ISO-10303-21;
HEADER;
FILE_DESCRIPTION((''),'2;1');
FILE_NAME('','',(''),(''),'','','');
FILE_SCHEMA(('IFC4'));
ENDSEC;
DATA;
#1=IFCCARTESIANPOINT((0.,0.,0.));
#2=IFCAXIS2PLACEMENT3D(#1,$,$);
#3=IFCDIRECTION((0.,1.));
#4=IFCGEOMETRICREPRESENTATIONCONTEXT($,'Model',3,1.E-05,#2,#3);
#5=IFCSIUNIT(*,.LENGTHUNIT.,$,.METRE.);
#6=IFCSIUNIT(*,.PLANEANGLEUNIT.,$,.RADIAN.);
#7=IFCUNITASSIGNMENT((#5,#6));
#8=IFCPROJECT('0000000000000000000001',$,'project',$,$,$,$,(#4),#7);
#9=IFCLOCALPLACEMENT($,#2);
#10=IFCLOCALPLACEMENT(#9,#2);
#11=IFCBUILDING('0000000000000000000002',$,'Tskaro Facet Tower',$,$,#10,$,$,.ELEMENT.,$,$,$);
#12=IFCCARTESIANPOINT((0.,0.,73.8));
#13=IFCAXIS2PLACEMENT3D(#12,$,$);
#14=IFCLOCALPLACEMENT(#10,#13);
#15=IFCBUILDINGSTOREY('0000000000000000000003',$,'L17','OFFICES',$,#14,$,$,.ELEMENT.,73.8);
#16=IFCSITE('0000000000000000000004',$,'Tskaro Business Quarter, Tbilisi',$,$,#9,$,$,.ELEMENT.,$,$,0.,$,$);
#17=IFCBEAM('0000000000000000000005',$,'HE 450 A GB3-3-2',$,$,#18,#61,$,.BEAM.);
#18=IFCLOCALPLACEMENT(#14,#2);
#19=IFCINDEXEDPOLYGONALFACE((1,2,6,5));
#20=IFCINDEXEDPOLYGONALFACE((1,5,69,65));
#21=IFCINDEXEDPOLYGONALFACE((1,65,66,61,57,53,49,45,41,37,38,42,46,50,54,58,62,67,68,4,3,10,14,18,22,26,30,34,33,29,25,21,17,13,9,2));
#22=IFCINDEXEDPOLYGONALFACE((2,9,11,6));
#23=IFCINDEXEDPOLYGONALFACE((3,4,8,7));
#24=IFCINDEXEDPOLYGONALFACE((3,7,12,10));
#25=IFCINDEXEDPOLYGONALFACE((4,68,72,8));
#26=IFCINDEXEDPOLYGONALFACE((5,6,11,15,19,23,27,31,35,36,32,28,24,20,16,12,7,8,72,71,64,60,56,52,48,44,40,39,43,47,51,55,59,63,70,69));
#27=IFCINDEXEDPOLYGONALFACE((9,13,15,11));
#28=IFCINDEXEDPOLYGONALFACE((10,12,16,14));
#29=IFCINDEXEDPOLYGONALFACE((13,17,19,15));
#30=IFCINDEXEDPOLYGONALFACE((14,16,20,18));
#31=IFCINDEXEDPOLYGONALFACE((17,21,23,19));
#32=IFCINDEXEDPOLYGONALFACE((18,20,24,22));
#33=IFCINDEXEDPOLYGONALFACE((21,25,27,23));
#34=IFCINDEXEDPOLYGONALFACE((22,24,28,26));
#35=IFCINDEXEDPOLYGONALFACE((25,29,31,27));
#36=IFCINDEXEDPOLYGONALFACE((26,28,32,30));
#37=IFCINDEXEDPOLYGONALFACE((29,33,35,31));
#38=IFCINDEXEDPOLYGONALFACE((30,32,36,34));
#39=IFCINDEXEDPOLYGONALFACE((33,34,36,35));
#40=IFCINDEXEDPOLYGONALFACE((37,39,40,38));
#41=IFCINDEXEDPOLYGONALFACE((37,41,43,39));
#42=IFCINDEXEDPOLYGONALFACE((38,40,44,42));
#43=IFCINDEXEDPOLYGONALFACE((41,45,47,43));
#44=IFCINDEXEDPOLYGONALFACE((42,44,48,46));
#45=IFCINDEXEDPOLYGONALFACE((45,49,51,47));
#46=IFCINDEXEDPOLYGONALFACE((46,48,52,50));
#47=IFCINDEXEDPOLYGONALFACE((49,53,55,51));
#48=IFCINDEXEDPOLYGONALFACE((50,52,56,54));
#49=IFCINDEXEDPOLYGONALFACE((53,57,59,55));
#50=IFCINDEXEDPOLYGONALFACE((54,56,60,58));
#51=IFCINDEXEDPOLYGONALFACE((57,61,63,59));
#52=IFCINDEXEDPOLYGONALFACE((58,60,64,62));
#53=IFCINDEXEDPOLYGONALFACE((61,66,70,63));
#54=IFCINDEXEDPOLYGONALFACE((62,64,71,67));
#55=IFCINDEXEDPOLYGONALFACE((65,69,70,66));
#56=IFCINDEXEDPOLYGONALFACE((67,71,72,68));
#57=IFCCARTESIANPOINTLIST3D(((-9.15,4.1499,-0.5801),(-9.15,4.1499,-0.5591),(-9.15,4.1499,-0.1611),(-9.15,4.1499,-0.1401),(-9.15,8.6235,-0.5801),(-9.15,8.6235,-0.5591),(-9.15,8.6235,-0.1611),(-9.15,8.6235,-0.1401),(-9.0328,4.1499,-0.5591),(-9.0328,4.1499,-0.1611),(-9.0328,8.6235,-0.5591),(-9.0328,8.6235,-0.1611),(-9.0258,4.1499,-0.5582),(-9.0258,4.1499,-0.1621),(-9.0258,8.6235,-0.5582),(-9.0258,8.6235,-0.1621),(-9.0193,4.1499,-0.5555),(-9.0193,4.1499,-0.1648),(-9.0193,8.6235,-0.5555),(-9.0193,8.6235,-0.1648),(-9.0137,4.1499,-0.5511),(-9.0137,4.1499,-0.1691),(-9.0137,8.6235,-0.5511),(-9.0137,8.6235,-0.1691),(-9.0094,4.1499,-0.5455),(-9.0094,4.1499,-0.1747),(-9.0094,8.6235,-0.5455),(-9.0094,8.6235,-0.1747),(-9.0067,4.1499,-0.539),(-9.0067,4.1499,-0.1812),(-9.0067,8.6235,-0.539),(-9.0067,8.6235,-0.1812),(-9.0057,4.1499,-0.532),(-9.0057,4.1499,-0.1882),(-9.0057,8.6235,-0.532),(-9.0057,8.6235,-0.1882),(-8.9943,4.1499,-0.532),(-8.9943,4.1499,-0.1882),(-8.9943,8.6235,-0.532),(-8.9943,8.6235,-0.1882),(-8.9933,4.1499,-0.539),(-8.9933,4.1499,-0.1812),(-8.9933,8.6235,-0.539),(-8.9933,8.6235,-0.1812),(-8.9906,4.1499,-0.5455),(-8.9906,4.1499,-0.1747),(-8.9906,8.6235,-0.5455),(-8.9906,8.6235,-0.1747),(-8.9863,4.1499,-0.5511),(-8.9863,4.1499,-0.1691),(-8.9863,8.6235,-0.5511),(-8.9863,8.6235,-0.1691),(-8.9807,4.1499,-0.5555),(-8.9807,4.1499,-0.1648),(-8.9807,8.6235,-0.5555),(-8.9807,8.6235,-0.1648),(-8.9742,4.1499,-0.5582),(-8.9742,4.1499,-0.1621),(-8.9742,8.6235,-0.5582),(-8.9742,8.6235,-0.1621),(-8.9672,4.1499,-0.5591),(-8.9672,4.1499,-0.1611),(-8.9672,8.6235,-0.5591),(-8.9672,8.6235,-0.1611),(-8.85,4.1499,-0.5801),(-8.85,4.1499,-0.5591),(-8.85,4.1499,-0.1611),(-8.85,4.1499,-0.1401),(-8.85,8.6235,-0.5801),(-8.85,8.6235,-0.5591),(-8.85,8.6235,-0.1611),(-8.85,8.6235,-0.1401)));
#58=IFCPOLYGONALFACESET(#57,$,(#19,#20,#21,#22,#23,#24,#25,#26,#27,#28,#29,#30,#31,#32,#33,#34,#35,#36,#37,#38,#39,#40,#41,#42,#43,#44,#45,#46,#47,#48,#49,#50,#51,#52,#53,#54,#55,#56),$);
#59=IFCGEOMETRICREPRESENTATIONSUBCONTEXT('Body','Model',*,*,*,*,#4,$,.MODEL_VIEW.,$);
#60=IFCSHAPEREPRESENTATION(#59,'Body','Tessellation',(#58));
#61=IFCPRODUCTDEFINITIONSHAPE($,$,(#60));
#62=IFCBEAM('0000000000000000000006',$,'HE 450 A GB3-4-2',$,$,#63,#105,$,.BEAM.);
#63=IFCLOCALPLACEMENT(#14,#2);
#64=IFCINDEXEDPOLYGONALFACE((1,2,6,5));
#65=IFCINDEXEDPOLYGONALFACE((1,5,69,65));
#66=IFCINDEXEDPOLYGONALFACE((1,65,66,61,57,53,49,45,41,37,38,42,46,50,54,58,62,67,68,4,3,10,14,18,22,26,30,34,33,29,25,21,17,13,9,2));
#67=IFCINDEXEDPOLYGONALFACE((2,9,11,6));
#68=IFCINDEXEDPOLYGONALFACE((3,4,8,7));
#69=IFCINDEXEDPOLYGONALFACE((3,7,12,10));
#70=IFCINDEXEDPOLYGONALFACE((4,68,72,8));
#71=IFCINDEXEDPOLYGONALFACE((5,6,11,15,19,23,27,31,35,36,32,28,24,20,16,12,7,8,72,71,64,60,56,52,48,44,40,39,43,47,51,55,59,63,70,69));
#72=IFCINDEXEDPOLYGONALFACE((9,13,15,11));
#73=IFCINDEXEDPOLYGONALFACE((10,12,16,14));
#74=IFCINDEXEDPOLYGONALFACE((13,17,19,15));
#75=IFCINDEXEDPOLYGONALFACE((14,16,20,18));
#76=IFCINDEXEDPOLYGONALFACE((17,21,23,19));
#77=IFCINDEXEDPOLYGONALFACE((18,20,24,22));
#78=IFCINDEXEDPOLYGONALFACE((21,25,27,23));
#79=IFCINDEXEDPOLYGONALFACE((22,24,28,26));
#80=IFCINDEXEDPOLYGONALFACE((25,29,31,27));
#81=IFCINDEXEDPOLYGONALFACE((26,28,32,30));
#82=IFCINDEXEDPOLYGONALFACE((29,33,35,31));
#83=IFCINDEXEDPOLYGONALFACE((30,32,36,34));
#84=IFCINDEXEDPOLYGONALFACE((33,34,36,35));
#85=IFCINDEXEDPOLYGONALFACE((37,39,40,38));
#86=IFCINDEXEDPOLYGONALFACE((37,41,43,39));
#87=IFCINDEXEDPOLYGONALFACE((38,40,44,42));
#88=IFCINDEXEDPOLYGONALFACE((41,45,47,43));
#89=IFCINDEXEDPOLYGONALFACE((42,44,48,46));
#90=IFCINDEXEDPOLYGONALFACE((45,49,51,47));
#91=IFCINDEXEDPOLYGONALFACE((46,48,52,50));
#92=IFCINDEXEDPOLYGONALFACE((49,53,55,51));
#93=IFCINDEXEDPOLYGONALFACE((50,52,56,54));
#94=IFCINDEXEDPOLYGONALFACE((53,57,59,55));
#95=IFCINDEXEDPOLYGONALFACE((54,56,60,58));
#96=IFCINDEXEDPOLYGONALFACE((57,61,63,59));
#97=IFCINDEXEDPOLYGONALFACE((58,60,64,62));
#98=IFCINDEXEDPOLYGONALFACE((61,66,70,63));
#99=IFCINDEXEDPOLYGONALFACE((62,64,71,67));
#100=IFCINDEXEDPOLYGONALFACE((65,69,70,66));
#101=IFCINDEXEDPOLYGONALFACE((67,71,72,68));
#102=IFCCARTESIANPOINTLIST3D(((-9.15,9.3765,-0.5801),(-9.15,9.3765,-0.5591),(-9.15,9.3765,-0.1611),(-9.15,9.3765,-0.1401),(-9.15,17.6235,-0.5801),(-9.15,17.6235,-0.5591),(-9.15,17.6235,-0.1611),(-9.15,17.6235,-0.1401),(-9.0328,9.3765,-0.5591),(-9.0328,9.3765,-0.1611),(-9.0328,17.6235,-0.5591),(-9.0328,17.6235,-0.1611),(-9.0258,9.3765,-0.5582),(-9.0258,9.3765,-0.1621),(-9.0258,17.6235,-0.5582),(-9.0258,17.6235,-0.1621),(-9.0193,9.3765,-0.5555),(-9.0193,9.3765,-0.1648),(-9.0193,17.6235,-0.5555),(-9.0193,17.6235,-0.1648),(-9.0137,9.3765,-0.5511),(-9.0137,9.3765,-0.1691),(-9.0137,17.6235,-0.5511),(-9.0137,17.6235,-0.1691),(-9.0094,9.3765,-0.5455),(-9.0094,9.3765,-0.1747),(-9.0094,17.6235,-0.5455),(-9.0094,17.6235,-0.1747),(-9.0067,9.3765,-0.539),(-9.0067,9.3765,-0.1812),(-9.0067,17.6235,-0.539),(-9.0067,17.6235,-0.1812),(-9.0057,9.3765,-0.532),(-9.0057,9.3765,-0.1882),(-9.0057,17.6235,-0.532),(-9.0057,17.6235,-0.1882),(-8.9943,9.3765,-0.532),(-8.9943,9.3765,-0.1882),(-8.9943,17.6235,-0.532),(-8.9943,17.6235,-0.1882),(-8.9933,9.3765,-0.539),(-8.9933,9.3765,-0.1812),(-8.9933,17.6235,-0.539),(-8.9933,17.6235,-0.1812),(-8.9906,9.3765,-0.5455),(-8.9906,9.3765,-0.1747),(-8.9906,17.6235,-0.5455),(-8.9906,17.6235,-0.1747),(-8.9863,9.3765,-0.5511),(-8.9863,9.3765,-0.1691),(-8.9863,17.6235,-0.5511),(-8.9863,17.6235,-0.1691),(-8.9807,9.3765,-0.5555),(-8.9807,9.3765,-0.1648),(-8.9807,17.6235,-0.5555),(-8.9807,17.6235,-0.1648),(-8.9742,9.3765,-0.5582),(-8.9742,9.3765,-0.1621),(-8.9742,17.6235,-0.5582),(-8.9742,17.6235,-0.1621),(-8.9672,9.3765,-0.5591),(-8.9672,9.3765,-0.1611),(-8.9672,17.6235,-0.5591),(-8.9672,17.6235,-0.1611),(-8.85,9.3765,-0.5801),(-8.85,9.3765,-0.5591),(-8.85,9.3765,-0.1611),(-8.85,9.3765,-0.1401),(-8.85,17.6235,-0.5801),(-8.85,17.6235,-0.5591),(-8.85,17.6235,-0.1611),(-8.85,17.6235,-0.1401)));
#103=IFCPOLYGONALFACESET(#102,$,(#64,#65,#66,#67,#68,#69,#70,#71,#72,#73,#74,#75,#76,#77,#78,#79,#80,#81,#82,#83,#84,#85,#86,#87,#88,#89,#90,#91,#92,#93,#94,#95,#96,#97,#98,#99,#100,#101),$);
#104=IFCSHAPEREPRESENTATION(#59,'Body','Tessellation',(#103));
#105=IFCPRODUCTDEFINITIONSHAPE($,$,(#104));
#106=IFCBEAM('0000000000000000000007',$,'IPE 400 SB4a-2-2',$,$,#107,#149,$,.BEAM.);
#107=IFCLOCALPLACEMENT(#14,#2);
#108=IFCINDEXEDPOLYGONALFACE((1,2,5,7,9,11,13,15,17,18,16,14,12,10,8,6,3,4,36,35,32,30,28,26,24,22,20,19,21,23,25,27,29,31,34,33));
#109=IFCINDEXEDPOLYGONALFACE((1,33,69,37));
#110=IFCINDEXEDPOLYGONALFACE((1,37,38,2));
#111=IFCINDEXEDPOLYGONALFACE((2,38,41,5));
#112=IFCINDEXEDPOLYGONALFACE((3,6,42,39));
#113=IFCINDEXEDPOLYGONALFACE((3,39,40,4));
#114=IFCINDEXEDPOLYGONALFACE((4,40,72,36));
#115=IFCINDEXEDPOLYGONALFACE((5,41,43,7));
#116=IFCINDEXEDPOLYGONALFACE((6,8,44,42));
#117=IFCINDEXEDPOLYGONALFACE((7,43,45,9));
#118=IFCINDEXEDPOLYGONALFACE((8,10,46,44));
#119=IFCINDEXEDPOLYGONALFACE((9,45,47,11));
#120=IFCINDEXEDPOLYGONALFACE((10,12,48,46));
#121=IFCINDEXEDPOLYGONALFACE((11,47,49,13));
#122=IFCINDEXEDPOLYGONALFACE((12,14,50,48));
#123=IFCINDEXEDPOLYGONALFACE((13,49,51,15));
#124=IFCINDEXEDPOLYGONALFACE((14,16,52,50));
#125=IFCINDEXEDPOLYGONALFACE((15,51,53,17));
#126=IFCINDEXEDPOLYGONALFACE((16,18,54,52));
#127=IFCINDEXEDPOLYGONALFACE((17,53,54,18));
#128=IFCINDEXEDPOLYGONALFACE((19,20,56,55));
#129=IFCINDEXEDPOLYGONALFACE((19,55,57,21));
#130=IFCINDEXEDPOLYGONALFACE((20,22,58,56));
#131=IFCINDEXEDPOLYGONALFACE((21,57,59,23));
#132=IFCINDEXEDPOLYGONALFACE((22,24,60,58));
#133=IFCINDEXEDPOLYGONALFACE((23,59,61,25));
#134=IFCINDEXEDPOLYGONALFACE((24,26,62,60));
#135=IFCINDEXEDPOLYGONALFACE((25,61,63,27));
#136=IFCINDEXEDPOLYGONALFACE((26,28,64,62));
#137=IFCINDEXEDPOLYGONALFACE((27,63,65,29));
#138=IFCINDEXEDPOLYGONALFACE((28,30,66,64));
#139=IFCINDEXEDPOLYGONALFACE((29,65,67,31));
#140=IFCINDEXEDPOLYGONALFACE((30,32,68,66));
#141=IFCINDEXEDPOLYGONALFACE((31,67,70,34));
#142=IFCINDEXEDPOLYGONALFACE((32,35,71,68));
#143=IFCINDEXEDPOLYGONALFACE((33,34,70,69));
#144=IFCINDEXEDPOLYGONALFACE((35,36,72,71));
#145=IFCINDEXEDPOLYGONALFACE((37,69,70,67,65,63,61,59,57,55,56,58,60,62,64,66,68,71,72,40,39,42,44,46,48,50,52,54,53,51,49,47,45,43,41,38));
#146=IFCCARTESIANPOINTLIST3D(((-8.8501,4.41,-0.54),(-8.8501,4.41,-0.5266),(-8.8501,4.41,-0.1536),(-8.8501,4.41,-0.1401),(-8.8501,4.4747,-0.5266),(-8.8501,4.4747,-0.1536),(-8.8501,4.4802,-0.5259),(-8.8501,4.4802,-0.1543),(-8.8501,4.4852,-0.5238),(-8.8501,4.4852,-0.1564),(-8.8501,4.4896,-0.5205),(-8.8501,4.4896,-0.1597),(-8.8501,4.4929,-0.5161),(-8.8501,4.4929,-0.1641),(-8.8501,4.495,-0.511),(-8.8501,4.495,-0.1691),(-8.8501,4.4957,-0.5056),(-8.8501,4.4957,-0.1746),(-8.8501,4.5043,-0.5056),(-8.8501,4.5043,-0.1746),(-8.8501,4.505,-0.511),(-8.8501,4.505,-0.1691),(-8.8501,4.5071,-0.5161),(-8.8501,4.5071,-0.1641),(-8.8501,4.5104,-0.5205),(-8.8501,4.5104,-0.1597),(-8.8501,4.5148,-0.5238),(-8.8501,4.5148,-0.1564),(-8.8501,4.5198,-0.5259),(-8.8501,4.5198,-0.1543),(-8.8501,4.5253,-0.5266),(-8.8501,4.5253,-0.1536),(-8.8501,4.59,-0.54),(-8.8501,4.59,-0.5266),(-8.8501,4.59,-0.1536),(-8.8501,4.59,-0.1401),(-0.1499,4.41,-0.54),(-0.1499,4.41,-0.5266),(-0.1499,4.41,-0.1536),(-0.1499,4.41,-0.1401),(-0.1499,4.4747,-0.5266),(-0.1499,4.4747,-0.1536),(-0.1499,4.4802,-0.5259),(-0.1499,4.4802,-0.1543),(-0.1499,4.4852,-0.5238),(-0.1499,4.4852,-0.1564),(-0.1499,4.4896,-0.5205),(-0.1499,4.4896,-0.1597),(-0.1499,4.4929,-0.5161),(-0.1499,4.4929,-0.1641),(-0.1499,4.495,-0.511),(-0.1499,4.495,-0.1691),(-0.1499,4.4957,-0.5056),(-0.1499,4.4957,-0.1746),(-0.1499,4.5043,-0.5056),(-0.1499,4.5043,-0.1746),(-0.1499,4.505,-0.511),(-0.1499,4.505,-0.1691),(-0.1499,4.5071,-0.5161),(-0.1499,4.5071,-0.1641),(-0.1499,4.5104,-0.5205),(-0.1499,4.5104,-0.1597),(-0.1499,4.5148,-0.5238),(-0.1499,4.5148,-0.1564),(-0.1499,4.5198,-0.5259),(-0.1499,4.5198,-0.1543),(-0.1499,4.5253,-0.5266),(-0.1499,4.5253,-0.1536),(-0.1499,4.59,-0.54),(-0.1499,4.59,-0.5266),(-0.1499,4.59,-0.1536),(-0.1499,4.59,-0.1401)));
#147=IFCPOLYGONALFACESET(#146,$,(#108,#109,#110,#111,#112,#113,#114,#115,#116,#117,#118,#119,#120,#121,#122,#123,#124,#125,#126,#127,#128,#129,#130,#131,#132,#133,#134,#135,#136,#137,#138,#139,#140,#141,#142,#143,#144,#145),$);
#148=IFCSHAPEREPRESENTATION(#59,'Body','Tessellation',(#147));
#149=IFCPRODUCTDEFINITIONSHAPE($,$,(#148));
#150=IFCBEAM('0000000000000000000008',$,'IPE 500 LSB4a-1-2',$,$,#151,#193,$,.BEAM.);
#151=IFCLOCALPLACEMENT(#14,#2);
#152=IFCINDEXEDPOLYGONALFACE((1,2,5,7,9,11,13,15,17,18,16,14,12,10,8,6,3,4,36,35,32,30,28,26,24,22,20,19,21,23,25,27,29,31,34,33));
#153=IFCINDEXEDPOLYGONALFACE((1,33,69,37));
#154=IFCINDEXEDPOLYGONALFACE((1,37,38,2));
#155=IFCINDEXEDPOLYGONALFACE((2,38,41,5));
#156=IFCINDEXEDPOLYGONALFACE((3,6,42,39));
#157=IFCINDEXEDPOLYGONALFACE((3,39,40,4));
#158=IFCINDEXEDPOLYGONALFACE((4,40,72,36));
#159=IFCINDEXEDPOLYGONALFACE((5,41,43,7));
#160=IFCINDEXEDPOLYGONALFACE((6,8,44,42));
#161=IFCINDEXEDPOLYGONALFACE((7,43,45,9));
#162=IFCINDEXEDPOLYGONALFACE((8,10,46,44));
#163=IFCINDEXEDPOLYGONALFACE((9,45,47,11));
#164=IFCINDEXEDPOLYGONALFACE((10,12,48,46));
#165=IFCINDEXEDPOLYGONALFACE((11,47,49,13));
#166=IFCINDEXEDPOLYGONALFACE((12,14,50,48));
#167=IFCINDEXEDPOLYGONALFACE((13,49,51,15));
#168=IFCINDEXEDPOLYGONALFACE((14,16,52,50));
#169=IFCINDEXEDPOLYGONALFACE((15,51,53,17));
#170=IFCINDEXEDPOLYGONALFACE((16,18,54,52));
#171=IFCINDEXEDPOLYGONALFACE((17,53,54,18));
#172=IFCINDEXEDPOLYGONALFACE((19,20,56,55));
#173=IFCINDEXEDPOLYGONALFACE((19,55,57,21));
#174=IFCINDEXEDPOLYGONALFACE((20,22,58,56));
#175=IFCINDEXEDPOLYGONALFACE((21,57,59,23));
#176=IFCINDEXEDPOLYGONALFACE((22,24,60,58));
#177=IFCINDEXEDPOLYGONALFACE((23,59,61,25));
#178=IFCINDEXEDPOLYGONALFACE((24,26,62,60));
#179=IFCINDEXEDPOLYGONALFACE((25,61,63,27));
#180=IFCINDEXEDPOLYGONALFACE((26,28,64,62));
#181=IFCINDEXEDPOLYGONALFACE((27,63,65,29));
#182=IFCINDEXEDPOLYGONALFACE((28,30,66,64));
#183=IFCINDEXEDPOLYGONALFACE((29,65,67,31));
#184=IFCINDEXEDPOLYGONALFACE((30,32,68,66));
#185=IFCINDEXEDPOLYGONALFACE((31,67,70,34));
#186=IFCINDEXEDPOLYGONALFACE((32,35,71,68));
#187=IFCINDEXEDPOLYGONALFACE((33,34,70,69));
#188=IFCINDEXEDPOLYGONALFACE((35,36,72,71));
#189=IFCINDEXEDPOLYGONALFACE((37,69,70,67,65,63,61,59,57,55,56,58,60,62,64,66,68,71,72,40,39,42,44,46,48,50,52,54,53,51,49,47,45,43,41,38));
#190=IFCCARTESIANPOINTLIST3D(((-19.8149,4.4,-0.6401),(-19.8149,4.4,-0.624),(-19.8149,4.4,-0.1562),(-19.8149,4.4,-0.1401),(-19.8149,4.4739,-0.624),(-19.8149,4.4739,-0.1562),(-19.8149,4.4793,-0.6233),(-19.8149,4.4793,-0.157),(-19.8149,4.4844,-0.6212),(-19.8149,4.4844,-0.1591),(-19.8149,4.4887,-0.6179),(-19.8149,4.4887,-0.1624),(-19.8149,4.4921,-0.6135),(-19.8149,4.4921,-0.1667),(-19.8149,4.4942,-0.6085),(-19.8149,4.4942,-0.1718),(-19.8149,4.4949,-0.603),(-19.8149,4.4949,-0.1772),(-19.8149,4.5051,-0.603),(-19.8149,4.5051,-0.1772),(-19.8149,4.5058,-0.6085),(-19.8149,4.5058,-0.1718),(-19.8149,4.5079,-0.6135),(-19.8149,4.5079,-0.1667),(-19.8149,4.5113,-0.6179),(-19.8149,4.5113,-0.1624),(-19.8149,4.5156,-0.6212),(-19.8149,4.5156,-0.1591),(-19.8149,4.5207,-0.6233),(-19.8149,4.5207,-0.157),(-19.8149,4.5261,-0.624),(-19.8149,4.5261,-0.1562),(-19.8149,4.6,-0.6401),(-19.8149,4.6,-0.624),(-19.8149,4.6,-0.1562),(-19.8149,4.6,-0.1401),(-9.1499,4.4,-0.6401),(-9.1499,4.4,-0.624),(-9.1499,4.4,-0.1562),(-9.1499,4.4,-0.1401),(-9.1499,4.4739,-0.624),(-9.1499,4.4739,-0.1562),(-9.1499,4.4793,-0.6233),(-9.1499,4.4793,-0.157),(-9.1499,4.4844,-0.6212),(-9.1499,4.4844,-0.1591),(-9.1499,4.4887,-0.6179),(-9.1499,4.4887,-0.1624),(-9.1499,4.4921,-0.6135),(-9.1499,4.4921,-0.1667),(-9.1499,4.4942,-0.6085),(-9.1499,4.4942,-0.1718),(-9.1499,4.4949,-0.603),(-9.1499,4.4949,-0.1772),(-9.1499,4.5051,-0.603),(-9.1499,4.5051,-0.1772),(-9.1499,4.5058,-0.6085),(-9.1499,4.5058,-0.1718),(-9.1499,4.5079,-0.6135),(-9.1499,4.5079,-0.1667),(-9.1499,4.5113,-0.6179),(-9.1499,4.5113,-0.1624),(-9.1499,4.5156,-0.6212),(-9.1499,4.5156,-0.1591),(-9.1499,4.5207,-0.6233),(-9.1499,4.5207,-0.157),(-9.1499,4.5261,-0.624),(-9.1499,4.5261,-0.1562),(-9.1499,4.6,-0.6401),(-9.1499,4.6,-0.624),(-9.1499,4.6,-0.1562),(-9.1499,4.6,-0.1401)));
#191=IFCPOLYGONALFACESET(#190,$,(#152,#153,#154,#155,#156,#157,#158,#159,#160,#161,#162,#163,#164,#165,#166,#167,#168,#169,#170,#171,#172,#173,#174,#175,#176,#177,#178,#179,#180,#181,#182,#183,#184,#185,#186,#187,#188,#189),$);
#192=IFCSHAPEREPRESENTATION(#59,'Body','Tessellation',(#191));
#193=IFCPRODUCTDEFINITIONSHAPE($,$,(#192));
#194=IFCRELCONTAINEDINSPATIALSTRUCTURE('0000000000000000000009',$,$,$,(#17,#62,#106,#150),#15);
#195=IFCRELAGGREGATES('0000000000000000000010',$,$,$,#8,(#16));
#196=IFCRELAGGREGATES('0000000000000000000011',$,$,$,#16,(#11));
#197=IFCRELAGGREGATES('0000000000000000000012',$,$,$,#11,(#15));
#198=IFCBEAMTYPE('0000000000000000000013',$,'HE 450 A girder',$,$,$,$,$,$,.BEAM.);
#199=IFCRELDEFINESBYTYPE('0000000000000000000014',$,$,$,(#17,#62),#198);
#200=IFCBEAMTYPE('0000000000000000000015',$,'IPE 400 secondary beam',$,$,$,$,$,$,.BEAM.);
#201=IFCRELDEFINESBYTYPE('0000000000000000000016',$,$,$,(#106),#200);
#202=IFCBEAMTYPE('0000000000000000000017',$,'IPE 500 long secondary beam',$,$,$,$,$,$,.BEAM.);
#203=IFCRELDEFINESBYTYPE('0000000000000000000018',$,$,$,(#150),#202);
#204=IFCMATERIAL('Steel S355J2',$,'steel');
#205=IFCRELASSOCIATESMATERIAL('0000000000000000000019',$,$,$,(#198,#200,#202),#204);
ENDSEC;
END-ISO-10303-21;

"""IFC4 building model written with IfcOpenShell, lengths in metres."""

from ifc_helpers import new_model, si_unit, direction, frame, origin, origin_2d, place, context, subcontext, project, spatial, i_section, extrude, material, material_profile, profile_set, type_object, element, save


model = new_model("IFC4")

# Units and contexts
model_context = context("Model", 3, precision=1e-05, world=origin(), true_north=direction((0.0, 1.0)))
body_context = subcontext(model_context, "Body", "Model", "MODEL_VIEW")
ifc_project = project(units=[si_unit("LENGTHUNIT", "METRE"), si_unit("PLANEANGLEUNIT", "RADIAN")], contexts=[model_context])

# Site, building, storey
site_placement = place(None, origin())
site = spatial("IfcSite", under=ifc_project, at=site_placement, Name="Tskaro Business Quarter, Tbilisi", CompositionType="ELEMENT", RefElevation=0.0)
building_placement = place(site_placement, origin())
building = spatial("IfcBuilding", under=site, at=building_placement, Name="Tskaro Facet Tower", CompositionType="ELEMENT")
storey_placement = place(building_placement, frame((0.0, 0.0, 73.8)))
storey = spatial("IfcBuildingStorey", under=building, at=storey_placement, Name="L17", Description="OFFICES", CompositionType="ELEMENT", Elevation=73.8)

# Beams
ifc_material_1 = material(Name="Steel S355J2", Category="steel")
ifc_material_profile_1 = material_profile(ifc_material_1, i_section(OverallWidth=0.3, OverallDepth=0.4399, WebThickness=0.0115, FlangeThickness=0.021, FilletRadius=0.0271, at=origin_2d()), Name="HE 450 A")
ifc_profile_set_1 = profile_set([ifc_material_profile_1], Name="Steel S355J2")
beam_type_1 = type_object("IfcBeamType", Name="HE 450 A girder", PredefinedType="BEAM", material=ifc_profile_set_1)
beam_1_placement = place(storey_placement, frame((-9.0, 4.1499, -0.3601), z_axis=(0.0, 1.0, 0.0), x_axis=(-1.0, 0.0, 0.0)))
element("IfcBeam", 1, at=beam_1_placement, inside=storey, type_object=beam_type_1, Name="HE 450 A GB3-3-2", PredefinedType="BEAM", context=body_context, shape_type="SweptSolid", body=[
    extrude(i_section(OverallWidth=0.3, OverallDepth=0.4399, WebThickness=0.0115, FlangeThickness=0.021, FilletRadius=0.0271, at=origin_2d()), origin(), (0.0, 0.0, 1.0), 4.4736),
])
beam_2_placement = place(storey_placement, frame((-9.0, 9.3765, -0.3601), z_axis=(0.0, 1.0, 0.0), x_axis=(-1.0, 0.0, 0.0)))
element("IfcBeam", 2, at=beam_2_placement, inside=storey, type_object=beam_type_1, Name="HE 450 A GB3-4-2", PredefinedType="BEAM", context=body_context, shape_type="SweptSolid", body=[
    extrude(i_section(OverallWidth=0.3, OverallDepth=0.4399, WebThickness=0.0115, FlangeThickness=0.021, FilletRadius=0.0271, at=origin_2d()), origin(), (0.0, 0.0, 1.0), 8.2471),
])
ifc_material_profile_2 = material_profile(ifc_material_1, i_section(OverallWidth=0.1799, OverallDepth=0.3999, WebThickness=0.0085, FlangeThickness=0.0134, FilletRadius=0.021, at=origin_2d()), Name="IPE 400")
ifc_profile_set_2 = profile_set([ifc_material_profile_2], Name="Steel S355J2")
beam_type_2 = type_object("IfcBeamType", Name="IPE 400 secondary beam", PredefinedType="BEAM", material=ifc_profile_set_2)
beam_3_placement = place(storey_placement, frame((-8.8501, 4.5, -0.3401), z_axis=(1.0, 0.0, 0.0), x_axis=(0.0, 1.0, 0.0)))
element("IfcBeam", 3, at=beam_3_placement, inside=storey, type_object=beam_type_2, Name="IPE 400 SB4a-2-2", PredefinedType="BEAM", context=body_context, shape_type="SweptSolid", body=[
    extrude(i_section(OverallWidth=0.1799, OverallDepth=0.3999, WebThickness=0.0085, FlangeThickness=0.0134, FilletRadius=0.021, at=origin_2d()), origin(), (0.0, 0.0, 1.0), 8.7002),
])
ifc_material_profile_3 = material_profile(ifc_material_1, i_section(OverallWidth=0.2, OverallDepth=0.5, WebThickness=0.0103, FlangeThickness=0.0161, FilletRadius=0.021, at=origin_2d()), Name="IPE 500")
ifc_profile_set_3 = profile_set([ifc_material_profile_3], Name="Steel S355J2")
beam_type_3 = type_object("IfcBeamType", Name="IPE 500 long secondary beam", PredefinedType="BEAM", material=ifc_profile_set_3)
beam_4_placement = place(storey_placement, frame((-19.8149, 4.5, -0.3901), z_axis=(1.0, 0.0, 0.0), x_axis=(0.0, 1.0, 0.0)))
element("IfcBeam", 4, at=beam_4_placement, inside=storey, type_object=beam_type_3, Name="IPE 500 LSB4a-1-2", PredefinedType="BEAM", context=body_context, shape_type="SweptSolid", body=[
    extrude(i_section(OverallWidth=0.2, OverallDepth=0.5, WebThickness=0.0103, FlangeThickness=0.0161, FilletRadius=0.021, at=origin_2d()), origin(), (0.0, 0.0, 1.0), 10.665),
])

save(model, "model.ifc")
